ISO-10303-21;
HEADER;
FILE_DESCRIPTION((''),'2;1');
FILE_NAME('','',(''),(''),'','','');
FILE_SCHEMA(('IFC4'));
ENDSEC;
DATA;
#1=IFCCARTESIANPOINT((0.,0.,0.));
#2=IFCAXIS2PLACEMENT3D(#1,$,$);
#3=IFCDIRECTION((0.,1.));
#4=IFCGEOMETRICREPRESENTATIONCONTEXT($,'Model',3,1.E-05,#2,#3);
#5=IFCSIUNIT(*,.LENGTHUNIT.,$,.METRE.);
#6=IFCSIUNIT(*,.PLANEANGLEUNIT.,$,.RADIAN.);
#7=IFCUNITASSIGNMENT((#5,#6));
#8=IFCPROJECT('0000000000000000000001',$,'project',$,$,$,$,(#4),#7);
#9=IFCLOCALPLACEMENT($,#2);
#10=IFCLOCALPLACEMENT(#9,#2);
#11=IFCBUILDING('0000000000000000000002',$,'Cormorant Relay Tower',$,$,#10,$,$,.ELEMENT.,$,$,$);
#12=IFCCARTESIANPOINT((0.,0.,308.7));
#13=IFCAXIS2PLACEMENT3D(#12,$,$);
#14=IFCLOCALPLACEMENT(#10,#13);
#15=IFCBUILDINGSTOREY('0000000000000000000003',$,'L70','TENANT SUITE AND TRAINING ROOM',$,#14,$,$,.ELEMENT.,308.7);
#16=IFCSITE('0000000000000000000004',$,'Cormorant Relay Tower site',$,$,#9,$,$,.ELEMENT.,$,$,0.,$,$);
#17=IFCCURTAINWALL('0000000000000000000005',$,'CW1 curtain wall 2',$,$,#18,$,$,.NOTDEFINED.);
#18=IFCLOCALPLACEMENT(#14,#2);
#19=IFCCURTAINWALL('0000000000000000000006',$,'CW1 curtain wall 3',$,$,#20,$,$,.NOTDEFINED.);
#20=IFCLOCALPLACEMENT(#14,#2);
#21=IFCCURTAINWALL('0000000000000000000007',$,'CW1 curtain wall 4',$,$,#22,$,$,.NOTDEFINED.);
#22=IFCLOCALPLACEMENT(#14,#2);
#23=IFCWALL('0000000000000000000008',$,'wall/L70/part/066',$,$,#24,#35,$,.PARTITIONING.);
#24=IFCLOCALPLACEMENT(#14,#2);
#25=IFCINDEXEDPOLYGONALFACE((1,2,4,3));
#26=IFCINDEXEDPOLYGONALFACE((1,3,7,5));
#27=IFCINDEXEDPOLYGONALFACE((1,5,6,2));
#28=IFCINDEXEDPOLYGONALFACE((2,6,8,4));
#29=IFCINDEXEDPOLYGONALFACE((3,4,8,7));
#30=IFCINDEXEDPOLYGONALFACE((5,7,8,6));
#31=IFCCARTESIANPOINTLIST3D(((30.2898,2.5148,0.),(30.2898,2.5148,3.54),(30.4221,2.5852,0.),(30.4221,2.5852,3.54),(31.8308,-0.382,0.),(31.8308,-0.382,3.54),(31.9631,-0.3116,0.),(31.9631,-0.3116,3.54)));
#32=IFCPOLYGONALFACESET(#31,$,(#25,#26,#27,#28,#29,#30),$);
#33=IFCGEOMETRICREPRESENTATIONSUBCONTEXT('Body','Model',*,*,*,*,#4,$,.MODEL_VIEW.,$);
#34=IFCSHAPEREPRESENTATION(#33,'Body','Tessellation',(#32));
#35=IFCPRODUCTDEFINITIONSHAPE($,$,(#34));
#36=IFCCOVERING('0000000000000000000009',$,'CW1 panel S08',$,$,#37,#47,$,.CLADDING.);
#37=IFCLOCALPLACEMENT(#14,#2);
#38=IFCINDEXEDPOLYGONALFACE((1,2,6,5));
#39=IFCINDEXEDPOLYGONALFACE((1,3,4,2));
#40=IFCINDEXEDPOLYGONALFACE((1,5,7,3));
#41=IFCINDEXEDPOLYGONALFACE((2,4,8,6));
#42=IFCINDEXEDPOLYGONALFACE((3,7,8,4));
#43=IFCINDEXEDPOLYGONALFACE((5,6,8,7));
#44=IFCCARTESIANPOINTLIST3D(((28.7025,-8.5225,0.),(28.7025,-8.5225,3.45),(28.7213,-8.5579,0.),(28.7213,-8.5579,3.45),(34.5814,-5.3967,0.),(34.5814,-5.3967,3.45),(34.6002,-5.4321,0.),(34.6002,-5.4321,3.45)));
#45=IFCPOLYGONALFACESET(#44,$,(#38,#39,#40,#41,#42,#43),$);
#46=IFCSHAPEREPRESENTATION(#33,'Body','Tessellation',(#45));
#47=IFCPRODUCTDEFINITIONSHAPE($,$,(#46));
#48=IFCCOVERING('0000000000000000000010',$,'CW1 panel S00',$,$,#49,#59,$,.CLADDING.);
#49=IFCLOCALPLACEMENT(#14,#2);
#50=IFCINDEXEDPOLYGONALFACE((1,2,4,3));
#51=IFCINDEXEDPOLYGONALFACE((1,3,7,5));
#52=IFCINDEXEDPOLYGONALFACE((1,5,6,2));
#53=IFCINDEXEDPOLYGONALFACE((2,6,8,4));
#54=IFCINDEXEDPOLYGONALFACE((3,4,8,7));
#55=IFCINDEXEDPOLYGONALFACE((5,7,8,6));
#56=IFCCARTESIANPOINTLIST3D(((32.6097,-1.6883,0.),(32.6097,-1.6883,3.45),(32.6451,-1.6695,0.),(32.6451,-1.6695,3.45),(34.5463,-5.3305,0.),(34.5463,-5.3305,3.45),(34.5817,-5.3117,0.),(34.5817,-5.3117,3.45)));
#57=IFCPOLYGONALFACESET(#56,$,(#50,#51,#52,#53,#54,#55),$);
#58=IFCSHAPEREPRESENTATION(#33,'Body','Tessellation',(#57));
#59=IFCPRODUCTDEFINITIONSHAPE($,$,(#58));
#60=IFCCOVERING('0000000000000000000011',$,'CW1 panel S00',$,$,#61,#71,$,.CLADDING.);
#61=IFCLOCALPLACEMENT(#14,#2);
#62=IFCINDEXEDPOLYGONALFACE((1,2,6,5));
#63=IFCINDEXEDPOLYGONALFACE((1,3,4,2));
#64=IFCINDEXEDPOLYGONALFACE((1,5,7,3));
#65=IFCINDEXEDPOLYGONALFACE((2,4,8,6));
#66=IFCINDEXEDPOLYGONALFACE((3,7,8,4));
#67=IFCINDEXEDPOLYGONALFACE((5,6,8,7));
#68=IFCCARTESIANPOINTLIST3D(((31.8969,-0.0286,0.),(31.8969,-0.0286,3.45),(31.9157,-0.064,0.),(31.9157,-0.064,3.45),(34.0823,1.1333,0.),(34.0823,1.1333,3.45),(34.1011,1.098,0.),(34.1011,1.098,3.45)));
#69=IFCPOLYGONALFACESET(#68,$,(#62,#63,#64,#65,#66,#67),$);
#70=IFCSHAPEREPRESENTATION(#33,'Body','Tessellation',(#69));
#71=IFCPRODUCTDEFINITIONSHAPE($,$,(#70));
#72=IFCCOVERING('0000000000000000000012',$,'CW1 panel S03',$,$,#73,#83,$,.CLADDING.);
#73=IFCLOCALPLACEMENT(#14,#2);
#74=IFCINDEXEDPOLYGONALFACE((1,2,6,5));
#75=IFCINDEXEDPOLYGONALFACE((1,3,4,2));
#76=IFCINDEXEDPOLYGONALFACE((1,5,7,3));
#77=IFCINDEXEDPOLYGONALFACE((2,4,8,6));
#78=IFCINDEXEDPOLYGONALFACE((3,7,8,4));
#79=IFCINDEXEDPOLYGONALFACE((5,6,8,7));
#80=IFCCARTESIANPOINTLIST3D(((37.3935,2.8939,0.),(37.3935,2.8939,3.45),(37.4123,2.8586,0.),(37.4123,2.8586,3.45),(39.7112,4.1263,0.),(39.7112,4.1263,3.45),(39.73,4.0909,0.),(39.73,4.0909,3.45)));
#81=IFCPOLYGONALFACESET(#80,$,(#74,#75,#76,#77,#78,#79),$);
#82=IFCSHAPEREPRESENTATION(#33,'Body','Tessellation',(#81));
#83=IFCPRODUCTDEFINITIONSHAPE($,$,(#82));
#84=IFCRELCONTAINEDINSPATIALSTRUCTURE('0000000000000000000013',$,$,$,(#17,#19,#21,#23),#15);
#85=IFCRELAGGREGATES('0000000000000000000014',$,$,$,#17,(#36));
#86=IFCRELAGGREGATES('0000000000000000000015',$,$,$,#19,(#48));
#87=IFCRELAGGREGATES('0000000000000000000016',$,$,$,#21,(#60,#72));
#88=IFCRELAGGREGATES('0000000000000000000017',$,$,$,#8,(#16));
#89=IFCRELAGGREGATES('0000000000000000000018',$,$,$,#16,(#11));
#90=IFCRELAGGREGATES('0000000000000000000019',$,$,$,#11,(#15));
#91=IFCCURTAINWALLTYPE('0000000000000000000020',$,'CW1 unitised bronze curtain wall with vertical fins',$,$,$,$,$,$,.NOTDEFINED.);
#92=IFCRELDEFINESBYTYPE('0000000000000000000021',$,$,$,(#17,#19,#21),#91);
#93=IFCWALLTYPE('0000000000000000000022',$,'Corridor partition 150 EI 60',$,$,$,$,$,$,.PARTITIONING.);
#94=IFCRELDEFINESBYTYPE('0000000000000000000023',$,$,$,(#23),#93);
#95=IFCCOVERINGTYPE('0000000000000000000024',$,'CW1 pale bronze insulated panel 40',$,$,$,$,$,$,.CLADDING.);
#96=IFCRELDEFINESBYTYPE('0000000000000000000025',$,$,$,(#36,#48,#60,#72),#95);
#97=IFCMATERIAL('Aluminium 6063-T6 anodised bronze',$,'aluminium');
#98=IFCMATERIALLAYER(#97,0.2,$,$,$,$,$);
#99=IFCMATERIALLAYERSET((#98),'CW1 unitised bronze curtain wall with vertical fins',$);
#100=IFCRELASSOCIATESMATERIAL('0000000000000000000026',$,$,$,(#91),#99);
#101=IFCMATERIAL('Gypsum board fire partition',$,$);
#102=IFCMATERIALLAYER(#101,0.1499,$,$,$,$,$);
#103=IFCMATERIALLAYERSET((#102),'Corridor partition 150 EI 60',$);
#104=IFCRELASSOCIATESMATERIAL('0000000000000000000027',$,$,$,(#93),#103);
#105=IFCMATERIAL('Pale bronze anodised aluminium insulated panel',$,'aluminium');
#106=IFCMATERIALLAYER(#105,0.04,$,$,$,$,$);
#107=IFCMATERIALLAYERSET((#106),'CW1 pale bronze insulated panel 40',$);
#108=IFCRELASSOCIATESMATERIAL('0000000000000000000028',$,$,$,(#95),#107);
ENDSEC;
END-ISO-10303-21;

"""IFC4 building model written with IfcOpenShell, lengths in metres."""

from ifc_helpers import new_model, si_unit, direction, frame, frame_2d, origin, origin_2d, place, context, subcontext, project, spatial, rectangle, extrude, material, layer, layer_set, type_object, element, aggregate, save


model = new_model("IFC4")

# Units and contexts
model_context = context("Model", 3, precision=1e-05, world=origin(), true_north=direction((0.0, 1.0)))
body_context = subcontext(model_context, "Body", "Model", "MODEL_VIEW")
ifc_project = project(units=[si_unit("LENGTHUNIT", "METRE"), si_unit("PLANEANGLEUNIT", "RADIAN")], contexts=[model_context])

# Site, building, storey
site_placement = place(None, origin())
site = spatial("IfcSite", under=ifc_project, at=site_placement, Name="Cormorant Relay Tower site", CompositionType="ELEMENT", RefElevation=0.0)
building_placement = place(site_placement, origin())
building = spatial("IfcBuilding", under=site, at=building_placement, Name="Cormorant Relay Tower", CompositionType="ELEMENT")
storey_placement = place(building_placement, frame((0.0, 0.0, 308.7)))
storey = spatial("IfcBuildingStorey", under=building, at=storey_placement, Name="L70", Description="TENANT SUITE AND TRAINING ROOM", CompositionType="ELEMENT", Elevation=308.7)

# Curtain walls
ifc_material_1 = material(Name="Aluminium 6063-T6 anodised bronze", Category="aluminium")
ifc_layer_1 = layer(ifc_material_1, 0.2)
ifc_layer_set_1 = layer_set([ifc_layer_1], Name="CW1 unitised bronze curtain wall with vertical fins")
curtain_wall_type = type_object("IfcCurtainWallType", Name="CW1 unitised bronze curtain wall with vertical fins", PredefinedType="NOTDEFINED", material=ifc_layer_set_1)
curtain_wall_1_placement = place(storey_placement, origin())
curtain_wall_1 = element("IfcCurtainWall", 1, at=curtain_wall_1_placement, inside=storey, type_object=curtain_wall_type, Name="CW1 curtain wall 2", PredefinedType="NOTDEFINED")
curtain_wall_2_placement = place(storey_placement, origin())
curtain_wall_2 = element("IfcCurtainWall", 2, at=curtain_wall_2_placement, inside=storey, type_object=curtain_wall_type, Name="CW1 curtain wall 3", PredefinedType="NOTDEFINED")

# Curtain wall
curtain_wall_3_placement = place(storey_placement, origin())
curtain_wall_3 = element("IfcCurtainWall", 3, at=curtain_wall_3_placement, inside=storey, type_object=curtain_wall_type, Name="CW1 curtain wall 4", PredefinedType="NOTDEFINED")

# Shared definitions
ifc_material_2 = material(Name="Gypsum board fire partition")
ifc_layer_2 = layer(ifc_material_2, 0.1499)
ifc_layer_set_2 = layer_set([ifc_layer_2], Name="Corridor partition 150 EI 60")
wall_type_1 = type_object("IfcWallType", Name="Corridor partition 150 EI 60", PredefinedType="PARTITIONING", material=ifc_layer_set_2)

# Wall
wall_1_placement = place(storey_placement, frame((30.356, 2.55, 0.0), z_axis=(0.0, 0.0, 1.0), x_axis=(0.46963, -0.882863, 0.0)))
element("IfcWall", 4, at=wall_1_placement, inside=storey, type_object=wall_type_1, Name="wall/L70/part/066", PredefinedType="PARTITIONING", context=body_context, shape_type="SweptSolid", body=[
    extrude(rectangle(XDim=3.2812, YDim=0.1499, at=frame_2d((1.6406, 0.0))), origin(), (0.0, 0.0, 1.0), 3.54),
])

# Coverings
ifc_material_3 = material(Name="Pale bronze anodised aluminium insulated panel", Category="aluminium")
ifc_layer_3 = layer(ifc_material_3, 0.04)
ifc_layer_set_3 = layer_set([ifc_layer_3], Name="CW1 pale bronze insulated panel 40")
covering_type = type_object("IfcCoveringType", Name="CW1 pale bronze insulated panel 40", PredefinedType="CLADDING", material=ifc_layer_set_3)
covering_1_placement = place(storey_placement, frame((31.6514, -6.9773, 0.0), z_axis=(0.0, 0.0, 1.0), x_axis=(0.882948, 0.469472, 0.0)))
covering_1 = element("IfcCovering", 5, at=covering_1_placement, type_object=covering_type, Name="CW1 panel S08", PredefinedType="CLADDING", context=body_context, shape_type="SweptSolid", body=[
    extrude(rectangle(XDim=6.6582, YDim=0.04, at=origin_2d()), origin(), (0.0, 0.0, 1.0), 3.45),
])
aggregate(curtain_wall_1, [covering_1])
covering_2_placement = place(storey_placement, frame((33.5957, -3.5, 0.0), z_axis=(0.0, 0.0, 1.0), x_axis=(-0.469472, 0.882948, 0.0)))
covering_2 = element("IfcCovering", 6, at=covering_2_placement, type_object=covering_type, Name="CW1 panel S00", PredefinedType="CLADDING", context=body_context, shape_type="SweptSolid", body=[
    extrude(rectangle(XDim=4.125, YDim=0.04, at=origin_2d()), origin(), (0.0, 0.0, 1.0), 3.45),
])
aggregate(curtain_wall_2, [covering_2])
covering_3_placement = place(storey_placement, frame((32.999, 0.5347, 0.0), z_axis=(0.0, 0.0, 1.0), x_axis=(0.882948, 0.469472, 0.0)))
covering_3 = element("IfcCovering", 7, at=covering_3_placement, type_object=covering_type, Name="CW1 panel S00", PredefinedType="CLADDING", context=body_context, shape_type="SweptSolid", body=[
    extrude(rectangle(XDim=2.4751, YDim=0.04, at=origin_2d()), origin(), (0.0, 0.0, 1.0), 3.45),
])
covering_4_placement = place(storey_placement, frame((38.5618, 3.4924, 0.0), z_axis=(0.0, 0.0, 1.0), x_axis=(0.882948, 0.469472, 0.0)))
covering_4 = element("IfcCovering", 8, at=covering_4_placement, type_object=covering_type, Name="CW1 panel S03", PredefinedType="CLADDING", context=body_context, shape_type="SweptSolid", body=[
    extrude(rectangle(XDim=2.625, YDim=0.04, at=origin_2d()), origin(), (0.0, 0.0, 1.0), 3.45),
])
aggregate(curtain_wall_3, [covering_3, covering_4])

save(model, "model.ifc")
